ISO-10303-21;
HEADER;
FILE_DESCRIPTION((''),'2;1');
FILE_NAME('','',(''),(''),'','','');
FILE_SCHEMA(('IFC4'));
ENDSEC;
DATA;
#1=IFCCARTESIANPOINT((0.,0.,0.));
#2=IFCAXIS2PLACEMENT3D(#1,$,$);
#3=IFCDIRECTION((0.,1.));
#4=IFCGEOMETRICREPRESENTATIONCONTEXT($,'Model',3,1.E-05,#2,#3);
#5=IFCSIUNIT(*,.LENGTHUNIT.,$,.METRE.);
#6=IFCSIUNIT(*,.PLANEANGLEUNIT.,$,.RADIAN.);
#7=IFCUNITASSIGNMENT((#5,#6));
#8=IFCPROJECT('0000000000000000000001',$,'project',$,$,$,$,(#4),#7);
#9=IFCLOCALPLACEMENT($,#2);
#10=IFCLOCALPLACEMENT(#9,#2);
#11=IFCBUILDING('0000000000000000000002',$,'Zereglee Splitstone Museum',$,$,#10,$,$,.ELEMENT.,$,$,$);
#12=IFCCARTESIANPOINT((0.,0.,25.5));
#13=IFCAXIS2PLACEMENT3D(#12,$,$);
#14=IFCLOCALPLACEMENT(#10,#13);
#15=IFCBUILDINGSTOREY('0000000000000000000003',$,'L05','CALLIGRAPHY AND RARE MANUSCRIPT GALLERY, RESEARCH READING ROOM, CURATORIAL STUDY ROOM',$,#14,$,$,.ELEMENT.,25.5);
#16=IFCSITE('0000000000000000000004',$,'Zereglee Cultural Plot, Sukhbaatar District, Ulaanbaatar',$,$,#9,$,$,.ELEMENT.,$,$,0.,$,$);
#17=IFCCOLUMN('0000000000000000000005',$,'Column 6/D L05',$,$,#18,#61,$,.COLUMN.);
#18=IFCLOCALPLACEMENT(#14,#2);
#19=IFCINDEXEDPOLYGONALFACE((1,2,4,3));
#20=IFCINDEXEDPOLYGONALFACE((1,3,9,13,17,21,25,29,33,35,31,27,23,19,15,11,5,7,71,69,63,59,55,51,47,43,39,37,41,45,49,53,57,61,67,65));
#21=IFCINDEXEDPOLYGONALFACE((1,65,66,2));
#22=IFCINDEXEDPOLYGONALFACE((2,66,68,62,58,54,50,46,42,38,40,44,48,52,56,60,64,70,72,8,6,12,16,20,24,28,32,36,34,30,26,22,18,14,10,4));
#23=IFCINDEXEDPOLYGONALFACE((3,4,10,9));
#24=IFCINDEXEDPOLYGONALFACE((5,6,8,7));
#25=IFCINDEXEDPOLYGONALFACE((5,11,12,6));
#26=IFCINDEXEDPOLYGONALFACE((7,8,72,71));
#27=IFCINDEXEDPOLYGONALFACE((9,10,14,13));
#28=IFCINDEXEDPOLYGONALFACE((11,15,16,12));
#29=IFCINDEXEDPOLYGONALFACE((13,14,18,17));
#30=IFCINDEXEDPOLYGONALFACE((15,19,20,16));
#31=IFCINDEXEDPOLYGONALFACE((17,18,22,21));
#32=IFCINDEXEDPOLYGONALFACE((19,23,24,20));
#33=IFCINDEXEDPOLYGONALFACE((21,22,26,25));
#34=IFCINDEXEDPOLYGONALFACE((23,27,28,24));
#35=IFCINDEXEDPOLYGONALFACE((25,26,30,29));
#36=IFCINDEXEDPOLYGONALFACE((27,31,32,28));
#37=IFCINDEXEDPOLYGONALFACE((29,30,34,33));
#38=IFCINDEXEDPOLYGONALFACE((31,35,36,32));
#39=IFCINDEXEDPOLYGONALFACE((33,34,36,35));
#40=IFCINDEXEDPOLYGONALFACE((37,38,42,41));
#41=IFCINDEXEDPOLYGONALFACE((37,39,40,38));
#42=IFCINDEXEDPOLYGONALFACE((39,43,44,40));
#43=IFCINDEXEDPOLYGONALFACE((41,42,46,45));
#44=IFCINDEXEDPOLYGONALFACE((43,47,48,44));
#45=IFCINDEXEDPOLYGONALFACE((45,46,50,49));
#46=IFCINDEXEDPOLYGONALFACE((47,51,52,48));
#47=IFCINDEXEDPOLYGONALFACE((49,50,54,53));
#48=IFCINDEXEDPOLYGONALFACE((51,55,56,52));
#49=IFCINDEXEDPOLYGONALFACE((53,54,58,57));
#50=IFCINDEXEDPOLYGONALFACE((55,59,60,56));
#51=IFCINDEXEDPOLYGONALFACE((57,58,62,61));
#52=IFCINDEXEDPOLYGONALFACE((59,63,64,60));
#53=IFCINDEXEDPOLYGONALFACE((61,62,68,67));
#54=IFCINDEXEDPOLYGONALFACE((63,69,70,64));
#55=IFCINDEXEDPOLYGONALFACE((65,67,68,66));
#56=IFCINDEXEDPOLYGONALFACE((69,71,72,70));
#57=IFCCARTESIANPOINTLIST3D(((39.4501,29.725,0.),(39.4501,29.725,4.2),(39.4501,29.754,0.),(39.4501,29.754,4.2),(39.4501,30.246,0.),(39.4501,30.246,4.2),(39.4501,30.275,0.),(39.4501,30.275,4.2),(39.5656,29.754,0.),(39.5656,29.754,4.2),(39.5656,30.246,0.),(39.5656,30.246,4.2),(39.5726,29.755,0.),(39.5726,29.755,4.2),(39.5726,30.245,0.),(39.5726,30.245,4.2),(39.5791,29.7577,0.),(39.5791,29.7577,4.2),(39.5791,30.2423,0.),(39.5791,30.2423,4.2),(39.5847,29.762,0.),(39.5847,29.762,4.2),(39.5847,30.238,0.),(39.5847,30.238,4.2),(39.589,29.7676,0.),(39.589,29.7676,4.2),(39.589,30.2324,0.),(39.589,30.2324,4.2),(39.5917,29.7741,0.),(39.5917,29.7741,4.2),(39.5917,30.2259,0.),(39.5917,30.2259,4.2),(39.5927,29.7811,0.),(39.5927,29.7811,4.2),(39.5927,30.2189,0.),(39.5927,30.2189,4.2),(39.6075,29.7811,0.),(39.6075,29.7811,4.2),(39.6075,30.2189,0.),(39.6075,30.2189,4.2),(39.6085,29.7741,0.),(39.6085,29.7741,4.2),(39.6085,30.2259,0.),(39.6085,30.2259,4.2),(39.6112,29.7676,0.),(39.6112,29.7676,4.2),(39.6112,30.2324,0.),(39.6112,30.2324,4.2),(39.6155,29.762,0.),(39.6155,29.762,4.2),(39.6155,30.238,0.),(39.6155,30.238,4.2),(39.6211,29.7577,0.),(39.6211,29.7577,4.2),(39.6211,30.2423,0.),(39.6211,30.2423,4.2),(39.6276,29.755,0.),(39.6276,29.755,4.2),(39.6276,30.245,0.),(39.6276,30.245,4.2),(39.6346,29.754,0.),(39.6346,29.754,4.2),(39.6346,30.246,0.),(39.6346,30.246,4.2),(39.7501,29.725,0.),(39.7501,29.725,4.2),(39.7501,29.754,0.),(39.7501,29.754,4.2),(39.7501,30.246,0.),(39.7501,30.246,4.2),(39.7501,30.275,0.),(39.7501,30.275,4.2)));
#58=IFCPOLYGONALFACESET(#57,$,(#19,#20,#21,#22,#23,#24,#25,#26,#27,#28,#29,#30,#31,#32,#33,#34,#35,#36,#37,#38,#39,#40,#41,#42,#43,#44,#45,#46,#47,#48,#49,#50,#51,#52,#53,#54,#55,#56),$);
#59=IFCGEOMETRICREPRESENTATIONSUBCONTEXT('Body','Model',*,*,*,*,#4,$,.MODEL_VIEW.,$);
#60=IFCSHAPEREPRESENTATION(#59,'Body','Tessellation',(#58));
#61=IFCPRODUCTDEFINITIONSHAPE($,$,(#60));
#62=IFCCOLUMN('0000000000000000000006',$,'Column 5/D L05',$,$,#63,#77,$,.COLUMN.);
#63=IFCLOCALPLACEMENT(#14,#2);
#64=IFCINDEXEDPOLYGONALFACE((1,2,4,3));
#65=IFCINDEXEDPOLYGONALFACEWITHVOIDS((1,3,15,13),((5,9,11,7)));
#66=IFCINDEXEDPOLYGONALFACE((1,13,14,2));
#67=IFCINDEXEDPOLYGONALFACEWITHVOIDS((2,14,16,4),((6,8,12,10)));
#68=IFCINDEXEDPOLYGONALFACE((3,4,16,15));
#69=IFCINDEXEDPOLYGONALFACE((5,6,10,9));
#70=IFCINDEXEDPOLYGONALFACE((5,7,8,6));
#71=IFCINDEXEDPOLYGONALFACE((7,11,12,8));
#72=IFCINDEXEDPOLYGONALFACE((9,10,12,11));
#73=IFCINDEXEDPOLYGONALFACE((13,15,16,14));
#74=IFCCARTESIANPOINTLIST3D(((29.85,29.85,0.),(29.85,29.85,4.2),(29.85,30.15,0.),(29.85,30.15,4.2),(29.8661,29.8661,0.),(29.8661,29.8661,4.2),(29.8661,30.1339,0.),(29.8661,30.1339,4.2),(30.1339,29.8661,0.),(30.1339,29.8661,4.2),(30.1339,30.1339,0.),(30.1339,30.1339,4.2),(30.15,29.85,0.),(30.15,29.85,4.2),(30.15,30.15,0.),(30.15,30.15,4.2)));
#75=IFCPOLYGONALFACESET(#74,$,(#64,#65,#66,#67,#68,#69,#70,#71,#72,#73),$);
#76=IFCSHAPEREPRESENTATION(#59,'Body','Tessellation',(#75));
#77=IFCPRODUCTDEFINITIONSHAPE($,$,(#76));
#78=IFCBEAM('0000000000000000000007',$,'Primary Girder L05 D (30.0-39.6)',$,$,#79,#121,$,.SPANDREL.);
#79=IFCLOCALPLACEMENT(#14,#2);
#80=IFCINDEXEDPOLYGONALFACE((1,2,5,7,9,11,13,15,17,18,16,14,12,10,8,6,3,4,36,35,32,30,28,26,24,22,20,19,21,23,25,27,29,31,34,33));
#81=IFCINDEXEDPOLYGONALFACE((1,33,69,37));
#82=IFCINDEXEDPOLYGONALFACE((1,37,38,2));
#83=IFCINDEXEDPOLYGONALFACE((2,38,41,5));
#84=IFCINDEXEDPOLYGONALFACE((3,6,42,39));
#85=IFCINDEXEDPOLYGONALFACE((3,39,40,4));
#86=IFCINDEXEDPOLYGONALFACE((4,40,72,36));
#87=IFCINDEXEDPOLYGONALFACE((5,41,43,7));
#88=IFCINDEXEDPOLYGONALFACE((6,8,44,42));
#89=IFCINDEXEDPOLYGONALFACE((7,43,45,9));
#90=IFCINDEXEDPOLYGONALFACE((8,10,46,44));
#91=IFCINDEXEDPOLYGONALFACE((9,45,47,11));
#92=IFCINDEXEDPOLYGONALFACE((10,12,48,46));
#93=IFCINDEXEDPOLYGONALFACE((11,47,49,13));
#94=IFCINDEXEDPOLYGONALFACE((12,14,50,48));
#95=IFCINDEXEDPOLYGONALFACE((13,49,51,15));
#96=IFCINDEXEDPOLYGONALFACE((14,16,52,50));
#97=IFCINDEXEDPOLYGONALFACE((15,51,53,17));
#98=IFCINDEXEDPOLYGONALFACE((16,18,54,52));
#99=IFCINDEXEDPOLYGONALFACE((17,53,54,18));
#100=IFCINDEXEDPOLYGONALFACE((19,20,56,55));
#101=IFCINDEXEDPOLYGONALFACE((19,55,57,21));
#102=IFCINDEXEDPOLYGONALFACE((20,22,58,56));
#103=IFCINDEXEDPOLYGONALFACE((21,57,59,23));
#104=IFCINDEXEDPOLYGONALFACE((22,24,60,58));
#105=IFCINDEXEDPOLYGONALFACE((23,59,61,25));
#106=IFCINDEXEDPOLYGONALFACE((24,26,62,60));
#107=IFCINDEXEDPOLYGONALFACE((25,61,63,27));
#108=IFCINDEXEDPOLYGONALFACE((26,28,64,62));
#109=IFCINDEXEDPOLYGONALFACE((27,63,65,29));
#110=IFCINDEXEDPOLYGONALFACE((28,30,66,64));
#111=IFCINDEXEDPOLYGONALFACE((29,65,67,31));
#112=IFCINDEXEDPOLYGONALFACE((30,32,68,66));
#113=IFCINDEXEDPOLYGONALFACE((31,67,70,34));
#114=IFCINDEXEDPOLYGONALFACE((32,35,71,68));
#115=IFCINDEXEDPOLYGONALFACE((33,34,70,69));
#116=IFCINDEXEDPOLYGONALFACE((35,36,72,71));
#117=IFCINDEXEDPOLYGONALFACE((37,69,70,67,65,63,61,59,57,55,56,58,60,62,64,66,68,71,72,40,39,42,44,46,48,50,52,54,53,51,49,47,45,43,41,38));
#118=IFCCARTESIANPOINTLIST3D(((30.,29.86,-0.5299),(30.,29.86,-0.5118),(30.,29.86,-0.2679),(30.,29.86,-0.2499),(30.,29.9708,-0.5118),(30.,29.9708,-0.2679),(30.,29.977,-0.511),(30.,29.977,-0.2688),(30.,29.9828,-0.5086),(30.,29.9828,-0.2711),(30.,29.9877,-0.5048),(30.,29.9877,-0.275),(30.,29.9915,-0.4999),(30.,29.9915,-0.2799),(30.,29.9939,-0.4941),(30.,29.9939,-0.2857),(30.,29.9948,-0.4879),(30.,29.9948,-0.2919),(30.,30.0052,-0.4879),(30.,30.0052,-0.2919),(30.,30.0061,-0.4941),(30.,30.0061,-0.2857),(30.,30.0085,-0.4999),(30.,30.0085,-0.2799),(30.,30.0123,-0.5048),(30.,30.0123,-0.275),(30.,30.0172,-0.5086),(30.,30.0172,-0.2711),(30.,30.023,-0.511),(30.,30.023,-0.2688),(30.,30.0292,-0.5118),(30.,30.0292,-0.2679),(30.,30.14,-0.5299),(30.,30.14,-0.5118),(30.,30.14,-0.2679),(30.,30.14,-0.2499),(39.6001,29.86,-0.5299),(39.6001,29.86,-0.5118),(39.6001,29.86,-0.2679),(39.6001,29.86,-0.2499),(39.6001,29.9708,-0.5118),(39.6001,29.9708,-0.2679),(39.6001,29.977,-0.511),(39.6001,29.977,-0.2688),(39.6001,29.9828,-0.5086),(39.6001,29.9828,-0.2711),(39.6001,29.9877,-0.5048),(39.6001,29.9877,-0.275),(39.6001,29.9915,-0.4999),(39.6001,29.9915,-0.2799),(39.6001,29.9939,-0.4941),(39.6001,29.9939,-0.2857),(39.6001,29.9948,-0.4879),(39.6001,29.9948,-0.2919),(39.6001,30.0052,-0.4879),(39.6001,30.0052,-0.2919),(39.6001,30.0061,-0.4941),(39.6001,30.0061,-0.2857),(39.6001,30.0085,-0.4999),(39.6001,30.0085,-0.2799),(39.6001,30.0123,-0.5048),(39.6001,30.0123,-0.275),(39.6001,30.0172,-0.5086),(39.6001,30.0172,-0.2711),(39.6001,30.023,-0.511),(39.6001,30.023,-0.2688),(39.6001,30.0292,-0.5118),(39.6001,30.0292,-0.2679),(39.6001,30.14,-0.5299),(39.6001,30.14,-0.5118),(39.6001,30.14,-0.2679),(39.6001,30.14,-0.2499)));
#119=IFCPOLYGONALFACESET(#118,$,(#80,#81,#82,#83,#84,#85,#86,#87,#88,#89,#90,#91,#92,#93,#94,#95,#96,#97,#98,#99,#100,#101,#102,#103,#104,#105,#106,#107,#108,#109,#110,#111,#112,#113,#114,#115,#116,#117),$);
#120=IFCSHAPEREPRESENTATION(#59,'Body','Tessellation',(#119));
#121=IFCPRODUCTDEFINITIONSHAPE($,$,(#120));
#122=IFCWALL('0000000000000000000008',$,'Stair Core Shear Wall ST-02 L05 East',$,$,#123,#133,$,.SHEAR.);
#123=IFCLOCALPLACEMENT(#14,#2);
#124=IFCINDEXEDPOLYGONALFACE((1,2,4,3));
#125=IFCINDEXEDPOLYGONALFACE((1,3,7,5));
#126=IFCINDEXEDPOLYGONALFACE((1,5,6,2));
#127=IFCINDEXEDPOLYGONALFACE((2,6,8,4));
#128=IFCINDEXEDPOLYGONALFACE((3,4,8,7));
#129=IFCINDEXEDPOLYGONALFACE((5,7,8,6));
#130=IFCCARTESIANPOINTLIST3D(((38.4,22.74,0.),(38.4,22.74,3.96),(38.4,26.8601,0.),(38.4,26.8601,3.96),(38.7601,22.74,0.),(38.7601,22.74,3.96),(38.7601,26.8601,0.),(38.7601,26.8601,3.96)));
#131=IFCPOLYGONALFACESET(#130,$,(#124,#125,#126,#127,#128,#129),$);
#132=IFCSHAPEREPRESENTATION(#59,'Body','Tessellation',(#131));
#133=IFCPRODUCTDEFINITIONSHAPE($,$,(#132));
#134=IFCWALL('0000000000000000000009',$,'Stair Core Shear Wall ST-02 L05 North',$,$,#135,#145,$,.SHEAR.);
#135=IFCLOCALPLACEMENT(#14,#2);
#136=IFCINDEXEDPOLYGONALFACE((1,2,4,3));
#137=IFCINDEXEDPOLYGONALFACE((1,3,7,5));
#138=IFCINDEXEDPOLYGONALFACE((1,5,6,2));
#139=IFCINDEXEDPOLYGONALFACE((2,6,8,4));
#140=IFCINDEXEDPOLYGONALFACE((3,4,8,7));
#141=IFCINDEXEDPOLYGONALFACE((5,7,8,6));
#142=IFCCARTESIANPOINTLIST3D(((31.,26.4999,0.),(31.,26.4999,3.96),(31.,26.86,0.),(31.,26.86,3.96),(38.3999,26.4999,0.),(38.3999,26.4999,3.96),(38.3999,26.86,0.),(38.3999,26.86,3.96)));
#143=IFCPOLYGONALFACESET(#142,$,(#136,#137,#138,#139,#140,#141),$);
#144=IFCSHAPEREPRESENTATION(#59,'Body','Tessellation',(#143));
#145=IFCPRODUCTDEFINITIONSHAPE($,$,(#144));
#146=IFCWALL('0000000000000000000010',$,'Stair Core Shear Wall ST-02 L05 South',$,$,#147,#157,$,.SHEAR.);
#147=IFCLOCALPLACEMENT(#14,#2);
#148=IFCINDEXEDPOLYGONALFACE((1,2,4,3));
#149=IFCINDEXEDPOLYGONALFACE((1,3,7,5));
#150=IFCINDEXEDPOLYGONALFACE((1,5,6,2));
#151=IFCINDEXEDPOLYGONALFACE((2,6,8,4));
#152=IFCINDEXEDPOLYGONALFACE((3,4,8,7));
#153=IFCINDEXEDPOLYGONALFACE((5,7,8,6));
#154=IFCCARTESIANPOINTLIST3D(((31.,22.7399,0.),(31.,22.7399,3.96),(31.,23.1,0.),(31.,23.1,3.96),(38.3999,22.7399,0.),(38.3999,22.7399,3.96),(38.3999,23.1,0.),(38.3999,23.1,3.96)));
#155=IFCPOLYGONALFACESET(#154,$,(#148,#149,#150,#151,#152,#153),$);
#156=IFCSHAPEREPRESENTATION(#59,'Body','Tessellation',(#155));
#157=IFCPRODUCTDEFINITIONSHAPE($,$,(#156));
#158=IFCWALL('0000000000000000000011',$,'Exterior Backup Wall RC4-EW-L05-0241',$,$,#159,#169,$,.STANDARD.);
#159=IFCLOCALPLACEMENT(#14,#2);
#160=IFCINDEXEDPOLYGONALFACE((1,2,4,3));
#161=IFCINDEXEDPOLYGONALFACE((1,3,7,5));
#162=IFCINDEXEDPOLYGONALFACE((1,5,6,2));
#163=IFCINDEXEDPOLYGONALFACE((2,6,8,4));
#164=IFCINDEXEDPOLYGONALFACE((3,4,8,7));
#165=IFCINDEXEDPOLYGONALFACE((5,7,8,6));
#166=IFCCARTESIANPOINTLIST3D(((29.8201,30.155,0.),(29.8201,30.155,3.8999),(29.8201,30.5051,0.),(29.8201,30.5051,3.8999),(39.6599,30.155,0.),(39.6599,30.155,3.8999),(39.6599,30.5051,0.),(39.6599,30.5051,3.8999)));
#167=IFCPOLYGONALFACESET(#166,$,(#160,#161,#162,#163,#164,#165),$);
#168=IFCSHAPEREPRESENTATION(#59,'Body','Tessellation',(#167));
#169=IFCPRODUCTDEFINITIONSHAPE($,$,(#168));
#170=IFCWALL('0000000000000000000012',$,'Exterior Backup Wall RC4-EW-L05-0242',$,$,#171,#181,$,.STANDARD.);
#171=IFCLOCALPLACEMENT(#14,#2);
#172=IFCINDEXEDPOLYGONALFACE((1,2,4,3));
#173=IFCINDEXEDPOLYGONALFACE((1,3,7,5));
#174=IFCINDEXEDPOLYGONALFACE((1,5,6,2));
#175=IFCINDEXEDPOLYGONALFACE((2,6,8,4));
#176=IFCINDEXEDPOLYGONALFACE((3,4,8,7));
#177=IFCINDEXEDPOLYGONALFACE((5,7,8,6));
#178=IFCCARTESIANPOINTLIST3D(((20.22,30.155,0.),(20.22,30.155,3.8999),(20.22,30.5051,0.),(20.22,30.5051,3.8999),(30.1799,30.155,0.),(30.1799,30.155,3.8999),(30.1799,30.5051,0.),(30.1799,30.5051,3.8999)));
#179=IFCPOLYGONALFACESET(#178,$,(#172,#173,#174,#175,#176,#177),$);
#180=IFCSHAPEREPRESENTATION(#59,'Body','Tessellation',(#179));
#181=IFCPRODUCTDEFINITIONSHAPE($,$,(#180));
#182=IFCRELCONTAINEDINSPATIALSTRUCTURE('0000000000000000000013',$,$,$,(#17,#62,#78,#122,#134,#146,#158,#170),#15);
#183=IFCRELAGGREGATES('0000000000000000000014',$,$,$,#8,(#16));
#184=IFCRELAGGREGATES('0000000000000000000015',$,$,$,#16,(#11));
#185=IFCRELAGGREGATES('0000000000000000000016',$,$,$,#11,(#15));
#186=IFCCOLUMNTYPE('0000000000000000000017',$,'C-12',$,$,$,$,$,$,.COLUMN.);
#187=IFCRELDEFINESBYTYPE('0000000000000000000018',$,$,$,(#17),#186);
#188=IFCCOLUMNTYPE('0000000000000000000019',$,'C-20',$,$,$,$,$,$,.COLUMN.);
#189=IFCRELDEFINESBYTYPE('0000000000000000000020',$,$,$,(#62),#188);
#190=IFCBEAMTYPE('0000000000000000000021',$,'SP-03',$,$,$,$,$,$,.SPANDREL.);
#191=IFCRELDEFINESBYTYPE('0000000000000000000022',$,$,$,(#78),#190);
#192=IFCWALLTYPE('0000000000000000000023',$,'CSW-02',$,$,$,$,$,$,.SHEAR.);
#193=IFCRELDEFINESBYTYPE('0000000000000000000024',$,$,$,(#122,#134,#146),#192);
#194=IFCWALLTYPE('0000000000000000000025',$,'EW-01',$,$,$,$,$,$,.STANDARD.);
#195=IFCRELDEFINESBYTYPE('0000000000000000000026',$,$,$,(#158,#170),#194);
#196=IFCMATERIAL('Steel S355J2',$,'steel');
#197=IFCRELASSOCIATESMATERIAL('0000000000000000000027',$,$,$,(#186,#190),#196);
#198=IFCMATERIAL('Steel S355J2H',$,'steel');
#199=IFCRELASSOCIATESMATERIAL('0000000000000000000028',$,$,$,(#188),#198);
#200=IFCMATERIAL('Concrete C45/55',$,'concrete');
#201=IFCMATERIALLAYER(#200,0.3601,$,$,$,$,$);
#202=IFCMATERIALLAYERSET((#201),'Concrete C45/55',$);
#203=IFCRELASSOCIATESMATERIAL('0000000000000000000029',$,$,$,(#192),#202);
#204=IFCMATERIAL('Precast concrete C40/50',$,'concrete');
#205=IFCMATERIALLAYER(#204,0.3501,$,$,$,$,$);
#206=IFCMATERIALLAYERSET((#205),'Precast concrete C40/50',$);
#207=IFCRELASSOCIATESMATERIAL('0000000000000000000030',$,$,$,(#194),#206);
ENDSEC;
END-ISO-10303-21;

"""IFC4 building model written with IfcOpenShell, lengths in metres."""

from ifc_helpers import new_model, si_unit, direction, frame, frame_2d, origin, origin_2d, place, context, subcontext, project, spatial, rectangle, hollow_rectangle, i_section, extrude, material, layer, layer_set, material_profile, profile_set, type_object, element, save


model = new_model("IFC4")

# Units and contexts
model_context = context("Model", 3, precision=1e-05, world=origin(), true_north=direction((0.0, 1.0)))
body_context = subcontext(model_context, "Body", "Model", "MODEL_VIEW")
ifc_project = project(units=[si_unit("LENGTHUNIT", "METRE"), si_unit("PLANEANGLEUNIT", "RADIAN")], contexts=[model_context])

# Site, building, storey
site_placement = place(None, origin())
site = spatial("IfcSite", under=ifc_project, at=site_placement, Name="Zereglee Cultural Plot, Sukhbaatar District, Ulaanbaatar", CompositionType="ELEMENT", RefElevation=0.0)
building_placement = place(site_placement, origin())
building = spatial("IfcBuilding", under=site, at=building_placement, Name="Zereglee Splitstone Museum", CompositionType="ELEMENT")
storey_placement = place(building_placement, frame((0.0, 0.0, 25.5)))
storey = spatial("IfcBuildingStorey", under=building, at=storey_placement, Name="L05", Description="CALLIGRAPHY AND RARE MANUSCRIPT GALLERY, RESEARCH READING ROOM, CURATORIAL STUDY ROOM", CompositionType="ELEMENT", Elevation=25.5)

# Columns
ifc_material_1 = material(Name="Steel S355J2", Category="steel")
ifc_material_profile_1 = material_profile(ifc_material_1, i_section(OverallWidth=0.3, OverallDepth=0.55, WebThickness=0.0149, FlangeThickness=0.0291, FilletRadius=0.0271, at=origin_2d()), Name="HE 550 B")
ifc_profile_set_1 = profile_set([ifc_material_profile_1], Name="Steel S355J2")
column_type_1 = type_object("IfcColumnType", Name="C-12", PredefinedType="COLUMN", material=ifc_profile_set_1)
column_1_placement = place(storey_placement, frame((39.6001, 30.0, 0.0), z_axis=(0.0, 0.0, 1.0), x_axis=(1.0, 0.0, 0.0)))
element("IfcColumn", 1, at=column_1_placement, inside=storey, type_object=column_type_1, Name="Column 6/D L05", PredefinedType="COLUMN", context=body_context, shape_type="SweptSolid", body=[
    extrude(i_section(OverallWidth=0.3, OverallDepth=0.55, WebThickness=0.0149, FlangeThickness=0.0291, FilletRadius=0.0271, at=origin_2d()), origin(), (0.0, 0.0, 1.0), 4.2),
])
ifc_material_2 = material(Name="Steel S355J2H", Category="steel")
ifc_material_profile_2 = material_profile(ifc_material_2, hollow_rectangle(XDim=0.3, YDim=0.3, WallThickness=0.0161, at=origin_2d()), Name="SHS 300x300x16")
ifc_profile_set_2 = profile_set([ifc_material_profile_2], Name="Steel S355J2H")
column_type_2 = type_object("IfcColumnType", Name="C-20", PredefinedType="COLUMN", material=ifc_profile_set_2)
column_2_placement = place(storey_placement, frame((30.0, 30.0, 0.0), z_axis=(0.0, 0.0, 1.0), x_axis=(1.0, 0.0, 0.0)))
element("IfcColumn", 2, at=column_2_placement, inside=storey, type_object=column_type_2, Name="Column 5/D L05", PredefinedType="COLUMN", context=body_context, shape_type="SweptSolid", body=[
    extrude(hollow_rectangle(XDim=0.3, YDim=0.3, WallThickness=0.0161, at=origin_2d()), origin(), (0.0, 0.0, 1.0), 4.2),
])

# Beam
ifc_material_profile_3 = material_profile(ifc_material_1, i_section(OverallWidth=0.28, OverallDepth=0.28, WebThickness=0.0105, FlangeThickness=0.0181, FilletRadius=0.0239, at=origin_2d()), Name="HE 280 B")
ifc_profile_set_3 = profile_set([ifc_material_profile_3], Name="Steel S355J2")
beam_type = type_object("IfcBeamType", Name="SP-03", PredefinedType="SPANDREL", material=ifc_profile_set_3)
beam_placement = place(storey_placement, frame((30.0, 30.0, -0.3899), z_axis=(1.0, 0.0, 0.0), x_axis=(0.0, 1.0, 0.0)))
element("IfcBeam", 3, at=beam_placement, inside=storey, type_object=beam_type, Name="Primary Girder L05 D (30.0-39.6)", PredefinedType="SPANDREL", context=body_context, shape_type="SweptSolid", body=[
    extrude(i_section(OverallWidth=0.28, OverallDepth=0.28, WebThickness=0.0105, FlangeThickness=0.0181, FilletRadius=0.0239, at=origin_2d()), origin(), (0.0, 0.0, 1.0), 9.6001),
])

# Shared definitions
ifc_material_3 = material(Name="Concrete C45/55", Category="concrete")
ifc_layer_1 = layer(ifc_material_3, 0.3601)
ifc_layer_set_1 = layer_set([ifc_layer_1], Name="Concrete C45/55")
wall_type_1 = type_object("IfcWallType", Name="CSW-02", PredefinedType="SHEAR", material=ifc_layer_set_1)

# Walls
wall_1_placement = place(storey_placement, frame((38.5801, 22.74, 0.0), z_axis=(0.0, 0.0, 1.0), x_axis=(0.0, 1.0, 0.0)))
element("IfcWall", 4, at=wall_1_placement, inside=storey, type_object=wall_type_1, Name="Stair Core Shear Wall ST-02 L05 East", PredefinedType="SHEAR", context=body_context, shape_type="SweptSolid", body=[
    extrude(rectangle(XDim=4.1201, YDim=0.3601, at=frame_2d((2.0601, 0.0))), origin(), (0.0, 0.0, 1.0), 3.96),
])
for number, where, z_axis, x_axis, name in (
    (5, (31.0, 26.6799, 0.0), (0.0, 0.0, 1.0), (1.0, 0.0, 0.0), "Stair Core Shear Wall ST-02 L05 North"),
    (6, (31.0, 22.9199, 0.0), (0.0, 0.0, 1.0), (1.0, 0.0, 0.0), "Stair Core Shear Wall ST-02 L05 South"),
):
    element("IfcWall", number, at=place(storey_placement, frame(where, z_axis=z_axis, x_axis=x_axis)), inside=storey, type_object=wall_type_1, Name=name, PredefinedType="SHEAR", context=body_context, shape_type="SweptSolid", body=[
        extrude(rectangle(XDim=7.3999, YDim=0.3601, at=frame_2d((3.7, 0.0))), origin(), (0.0, 0.0, 1.0), 3.96),
    ])
ifc_material_4 = material(Name="Precast concrete C40/50", Category="concrete")
ifc_layer_2 = layer(ifc_material_4, 0.3501)
ifc_layer_set_2 = layer_set([ifc_layer_2], Name="Precast concrete C40/50")
wall_type_2 = type_object("IfcWallType", Name="EW-01", PredefinedType="STANDARD", material=ifc_layer_set_2)
wall_2_placement = place(storey_placement, frame((39.6599, 30.3301, 0.0), z_axis=(0.0, 0.0, 1.0), x_axis=(-1.0, 0.0, 0.0)))
element("IfcWall", 7, at=wall_2_placement, inside=storey, type_object=wall_type_2, Name="Exterior Backup Wall RC4-EW-L05-0241", PredefinedType="STANDARD", context=body_context, shape_type="SweptSolid", body=[
    extrude(rectangle(XDim=9.8398, YDim=0.3501, at=frame_2d((4.9199, 0.0))), origin(), (0.0, 0.0, 1.0), 3.8999),
])
wall_3_placement = place(storey_placement, frame((30.1799, 30.3301, 0.0), z_axis=(0.0, 0.0, 1.0), x_axis=(-1.0, 0.0, 0.0)))
element("IfcWall", 8, at=wall_3_placement, inside=storey, type_object=wall_type_2, Name="Exterior Backup Wall RC4-EW-L05-0242", PredefinedType="STANDARD", context=body_context, shape_type="SweptSolid", body=[
    extrude(rectangle(XDim=9.96, YDim=0.3501, at=frame_2d((4.98, 0.0))), origin(), (0.0, 0.0, 1.0), 3.8999),
])

save(model, "model.ifc")
